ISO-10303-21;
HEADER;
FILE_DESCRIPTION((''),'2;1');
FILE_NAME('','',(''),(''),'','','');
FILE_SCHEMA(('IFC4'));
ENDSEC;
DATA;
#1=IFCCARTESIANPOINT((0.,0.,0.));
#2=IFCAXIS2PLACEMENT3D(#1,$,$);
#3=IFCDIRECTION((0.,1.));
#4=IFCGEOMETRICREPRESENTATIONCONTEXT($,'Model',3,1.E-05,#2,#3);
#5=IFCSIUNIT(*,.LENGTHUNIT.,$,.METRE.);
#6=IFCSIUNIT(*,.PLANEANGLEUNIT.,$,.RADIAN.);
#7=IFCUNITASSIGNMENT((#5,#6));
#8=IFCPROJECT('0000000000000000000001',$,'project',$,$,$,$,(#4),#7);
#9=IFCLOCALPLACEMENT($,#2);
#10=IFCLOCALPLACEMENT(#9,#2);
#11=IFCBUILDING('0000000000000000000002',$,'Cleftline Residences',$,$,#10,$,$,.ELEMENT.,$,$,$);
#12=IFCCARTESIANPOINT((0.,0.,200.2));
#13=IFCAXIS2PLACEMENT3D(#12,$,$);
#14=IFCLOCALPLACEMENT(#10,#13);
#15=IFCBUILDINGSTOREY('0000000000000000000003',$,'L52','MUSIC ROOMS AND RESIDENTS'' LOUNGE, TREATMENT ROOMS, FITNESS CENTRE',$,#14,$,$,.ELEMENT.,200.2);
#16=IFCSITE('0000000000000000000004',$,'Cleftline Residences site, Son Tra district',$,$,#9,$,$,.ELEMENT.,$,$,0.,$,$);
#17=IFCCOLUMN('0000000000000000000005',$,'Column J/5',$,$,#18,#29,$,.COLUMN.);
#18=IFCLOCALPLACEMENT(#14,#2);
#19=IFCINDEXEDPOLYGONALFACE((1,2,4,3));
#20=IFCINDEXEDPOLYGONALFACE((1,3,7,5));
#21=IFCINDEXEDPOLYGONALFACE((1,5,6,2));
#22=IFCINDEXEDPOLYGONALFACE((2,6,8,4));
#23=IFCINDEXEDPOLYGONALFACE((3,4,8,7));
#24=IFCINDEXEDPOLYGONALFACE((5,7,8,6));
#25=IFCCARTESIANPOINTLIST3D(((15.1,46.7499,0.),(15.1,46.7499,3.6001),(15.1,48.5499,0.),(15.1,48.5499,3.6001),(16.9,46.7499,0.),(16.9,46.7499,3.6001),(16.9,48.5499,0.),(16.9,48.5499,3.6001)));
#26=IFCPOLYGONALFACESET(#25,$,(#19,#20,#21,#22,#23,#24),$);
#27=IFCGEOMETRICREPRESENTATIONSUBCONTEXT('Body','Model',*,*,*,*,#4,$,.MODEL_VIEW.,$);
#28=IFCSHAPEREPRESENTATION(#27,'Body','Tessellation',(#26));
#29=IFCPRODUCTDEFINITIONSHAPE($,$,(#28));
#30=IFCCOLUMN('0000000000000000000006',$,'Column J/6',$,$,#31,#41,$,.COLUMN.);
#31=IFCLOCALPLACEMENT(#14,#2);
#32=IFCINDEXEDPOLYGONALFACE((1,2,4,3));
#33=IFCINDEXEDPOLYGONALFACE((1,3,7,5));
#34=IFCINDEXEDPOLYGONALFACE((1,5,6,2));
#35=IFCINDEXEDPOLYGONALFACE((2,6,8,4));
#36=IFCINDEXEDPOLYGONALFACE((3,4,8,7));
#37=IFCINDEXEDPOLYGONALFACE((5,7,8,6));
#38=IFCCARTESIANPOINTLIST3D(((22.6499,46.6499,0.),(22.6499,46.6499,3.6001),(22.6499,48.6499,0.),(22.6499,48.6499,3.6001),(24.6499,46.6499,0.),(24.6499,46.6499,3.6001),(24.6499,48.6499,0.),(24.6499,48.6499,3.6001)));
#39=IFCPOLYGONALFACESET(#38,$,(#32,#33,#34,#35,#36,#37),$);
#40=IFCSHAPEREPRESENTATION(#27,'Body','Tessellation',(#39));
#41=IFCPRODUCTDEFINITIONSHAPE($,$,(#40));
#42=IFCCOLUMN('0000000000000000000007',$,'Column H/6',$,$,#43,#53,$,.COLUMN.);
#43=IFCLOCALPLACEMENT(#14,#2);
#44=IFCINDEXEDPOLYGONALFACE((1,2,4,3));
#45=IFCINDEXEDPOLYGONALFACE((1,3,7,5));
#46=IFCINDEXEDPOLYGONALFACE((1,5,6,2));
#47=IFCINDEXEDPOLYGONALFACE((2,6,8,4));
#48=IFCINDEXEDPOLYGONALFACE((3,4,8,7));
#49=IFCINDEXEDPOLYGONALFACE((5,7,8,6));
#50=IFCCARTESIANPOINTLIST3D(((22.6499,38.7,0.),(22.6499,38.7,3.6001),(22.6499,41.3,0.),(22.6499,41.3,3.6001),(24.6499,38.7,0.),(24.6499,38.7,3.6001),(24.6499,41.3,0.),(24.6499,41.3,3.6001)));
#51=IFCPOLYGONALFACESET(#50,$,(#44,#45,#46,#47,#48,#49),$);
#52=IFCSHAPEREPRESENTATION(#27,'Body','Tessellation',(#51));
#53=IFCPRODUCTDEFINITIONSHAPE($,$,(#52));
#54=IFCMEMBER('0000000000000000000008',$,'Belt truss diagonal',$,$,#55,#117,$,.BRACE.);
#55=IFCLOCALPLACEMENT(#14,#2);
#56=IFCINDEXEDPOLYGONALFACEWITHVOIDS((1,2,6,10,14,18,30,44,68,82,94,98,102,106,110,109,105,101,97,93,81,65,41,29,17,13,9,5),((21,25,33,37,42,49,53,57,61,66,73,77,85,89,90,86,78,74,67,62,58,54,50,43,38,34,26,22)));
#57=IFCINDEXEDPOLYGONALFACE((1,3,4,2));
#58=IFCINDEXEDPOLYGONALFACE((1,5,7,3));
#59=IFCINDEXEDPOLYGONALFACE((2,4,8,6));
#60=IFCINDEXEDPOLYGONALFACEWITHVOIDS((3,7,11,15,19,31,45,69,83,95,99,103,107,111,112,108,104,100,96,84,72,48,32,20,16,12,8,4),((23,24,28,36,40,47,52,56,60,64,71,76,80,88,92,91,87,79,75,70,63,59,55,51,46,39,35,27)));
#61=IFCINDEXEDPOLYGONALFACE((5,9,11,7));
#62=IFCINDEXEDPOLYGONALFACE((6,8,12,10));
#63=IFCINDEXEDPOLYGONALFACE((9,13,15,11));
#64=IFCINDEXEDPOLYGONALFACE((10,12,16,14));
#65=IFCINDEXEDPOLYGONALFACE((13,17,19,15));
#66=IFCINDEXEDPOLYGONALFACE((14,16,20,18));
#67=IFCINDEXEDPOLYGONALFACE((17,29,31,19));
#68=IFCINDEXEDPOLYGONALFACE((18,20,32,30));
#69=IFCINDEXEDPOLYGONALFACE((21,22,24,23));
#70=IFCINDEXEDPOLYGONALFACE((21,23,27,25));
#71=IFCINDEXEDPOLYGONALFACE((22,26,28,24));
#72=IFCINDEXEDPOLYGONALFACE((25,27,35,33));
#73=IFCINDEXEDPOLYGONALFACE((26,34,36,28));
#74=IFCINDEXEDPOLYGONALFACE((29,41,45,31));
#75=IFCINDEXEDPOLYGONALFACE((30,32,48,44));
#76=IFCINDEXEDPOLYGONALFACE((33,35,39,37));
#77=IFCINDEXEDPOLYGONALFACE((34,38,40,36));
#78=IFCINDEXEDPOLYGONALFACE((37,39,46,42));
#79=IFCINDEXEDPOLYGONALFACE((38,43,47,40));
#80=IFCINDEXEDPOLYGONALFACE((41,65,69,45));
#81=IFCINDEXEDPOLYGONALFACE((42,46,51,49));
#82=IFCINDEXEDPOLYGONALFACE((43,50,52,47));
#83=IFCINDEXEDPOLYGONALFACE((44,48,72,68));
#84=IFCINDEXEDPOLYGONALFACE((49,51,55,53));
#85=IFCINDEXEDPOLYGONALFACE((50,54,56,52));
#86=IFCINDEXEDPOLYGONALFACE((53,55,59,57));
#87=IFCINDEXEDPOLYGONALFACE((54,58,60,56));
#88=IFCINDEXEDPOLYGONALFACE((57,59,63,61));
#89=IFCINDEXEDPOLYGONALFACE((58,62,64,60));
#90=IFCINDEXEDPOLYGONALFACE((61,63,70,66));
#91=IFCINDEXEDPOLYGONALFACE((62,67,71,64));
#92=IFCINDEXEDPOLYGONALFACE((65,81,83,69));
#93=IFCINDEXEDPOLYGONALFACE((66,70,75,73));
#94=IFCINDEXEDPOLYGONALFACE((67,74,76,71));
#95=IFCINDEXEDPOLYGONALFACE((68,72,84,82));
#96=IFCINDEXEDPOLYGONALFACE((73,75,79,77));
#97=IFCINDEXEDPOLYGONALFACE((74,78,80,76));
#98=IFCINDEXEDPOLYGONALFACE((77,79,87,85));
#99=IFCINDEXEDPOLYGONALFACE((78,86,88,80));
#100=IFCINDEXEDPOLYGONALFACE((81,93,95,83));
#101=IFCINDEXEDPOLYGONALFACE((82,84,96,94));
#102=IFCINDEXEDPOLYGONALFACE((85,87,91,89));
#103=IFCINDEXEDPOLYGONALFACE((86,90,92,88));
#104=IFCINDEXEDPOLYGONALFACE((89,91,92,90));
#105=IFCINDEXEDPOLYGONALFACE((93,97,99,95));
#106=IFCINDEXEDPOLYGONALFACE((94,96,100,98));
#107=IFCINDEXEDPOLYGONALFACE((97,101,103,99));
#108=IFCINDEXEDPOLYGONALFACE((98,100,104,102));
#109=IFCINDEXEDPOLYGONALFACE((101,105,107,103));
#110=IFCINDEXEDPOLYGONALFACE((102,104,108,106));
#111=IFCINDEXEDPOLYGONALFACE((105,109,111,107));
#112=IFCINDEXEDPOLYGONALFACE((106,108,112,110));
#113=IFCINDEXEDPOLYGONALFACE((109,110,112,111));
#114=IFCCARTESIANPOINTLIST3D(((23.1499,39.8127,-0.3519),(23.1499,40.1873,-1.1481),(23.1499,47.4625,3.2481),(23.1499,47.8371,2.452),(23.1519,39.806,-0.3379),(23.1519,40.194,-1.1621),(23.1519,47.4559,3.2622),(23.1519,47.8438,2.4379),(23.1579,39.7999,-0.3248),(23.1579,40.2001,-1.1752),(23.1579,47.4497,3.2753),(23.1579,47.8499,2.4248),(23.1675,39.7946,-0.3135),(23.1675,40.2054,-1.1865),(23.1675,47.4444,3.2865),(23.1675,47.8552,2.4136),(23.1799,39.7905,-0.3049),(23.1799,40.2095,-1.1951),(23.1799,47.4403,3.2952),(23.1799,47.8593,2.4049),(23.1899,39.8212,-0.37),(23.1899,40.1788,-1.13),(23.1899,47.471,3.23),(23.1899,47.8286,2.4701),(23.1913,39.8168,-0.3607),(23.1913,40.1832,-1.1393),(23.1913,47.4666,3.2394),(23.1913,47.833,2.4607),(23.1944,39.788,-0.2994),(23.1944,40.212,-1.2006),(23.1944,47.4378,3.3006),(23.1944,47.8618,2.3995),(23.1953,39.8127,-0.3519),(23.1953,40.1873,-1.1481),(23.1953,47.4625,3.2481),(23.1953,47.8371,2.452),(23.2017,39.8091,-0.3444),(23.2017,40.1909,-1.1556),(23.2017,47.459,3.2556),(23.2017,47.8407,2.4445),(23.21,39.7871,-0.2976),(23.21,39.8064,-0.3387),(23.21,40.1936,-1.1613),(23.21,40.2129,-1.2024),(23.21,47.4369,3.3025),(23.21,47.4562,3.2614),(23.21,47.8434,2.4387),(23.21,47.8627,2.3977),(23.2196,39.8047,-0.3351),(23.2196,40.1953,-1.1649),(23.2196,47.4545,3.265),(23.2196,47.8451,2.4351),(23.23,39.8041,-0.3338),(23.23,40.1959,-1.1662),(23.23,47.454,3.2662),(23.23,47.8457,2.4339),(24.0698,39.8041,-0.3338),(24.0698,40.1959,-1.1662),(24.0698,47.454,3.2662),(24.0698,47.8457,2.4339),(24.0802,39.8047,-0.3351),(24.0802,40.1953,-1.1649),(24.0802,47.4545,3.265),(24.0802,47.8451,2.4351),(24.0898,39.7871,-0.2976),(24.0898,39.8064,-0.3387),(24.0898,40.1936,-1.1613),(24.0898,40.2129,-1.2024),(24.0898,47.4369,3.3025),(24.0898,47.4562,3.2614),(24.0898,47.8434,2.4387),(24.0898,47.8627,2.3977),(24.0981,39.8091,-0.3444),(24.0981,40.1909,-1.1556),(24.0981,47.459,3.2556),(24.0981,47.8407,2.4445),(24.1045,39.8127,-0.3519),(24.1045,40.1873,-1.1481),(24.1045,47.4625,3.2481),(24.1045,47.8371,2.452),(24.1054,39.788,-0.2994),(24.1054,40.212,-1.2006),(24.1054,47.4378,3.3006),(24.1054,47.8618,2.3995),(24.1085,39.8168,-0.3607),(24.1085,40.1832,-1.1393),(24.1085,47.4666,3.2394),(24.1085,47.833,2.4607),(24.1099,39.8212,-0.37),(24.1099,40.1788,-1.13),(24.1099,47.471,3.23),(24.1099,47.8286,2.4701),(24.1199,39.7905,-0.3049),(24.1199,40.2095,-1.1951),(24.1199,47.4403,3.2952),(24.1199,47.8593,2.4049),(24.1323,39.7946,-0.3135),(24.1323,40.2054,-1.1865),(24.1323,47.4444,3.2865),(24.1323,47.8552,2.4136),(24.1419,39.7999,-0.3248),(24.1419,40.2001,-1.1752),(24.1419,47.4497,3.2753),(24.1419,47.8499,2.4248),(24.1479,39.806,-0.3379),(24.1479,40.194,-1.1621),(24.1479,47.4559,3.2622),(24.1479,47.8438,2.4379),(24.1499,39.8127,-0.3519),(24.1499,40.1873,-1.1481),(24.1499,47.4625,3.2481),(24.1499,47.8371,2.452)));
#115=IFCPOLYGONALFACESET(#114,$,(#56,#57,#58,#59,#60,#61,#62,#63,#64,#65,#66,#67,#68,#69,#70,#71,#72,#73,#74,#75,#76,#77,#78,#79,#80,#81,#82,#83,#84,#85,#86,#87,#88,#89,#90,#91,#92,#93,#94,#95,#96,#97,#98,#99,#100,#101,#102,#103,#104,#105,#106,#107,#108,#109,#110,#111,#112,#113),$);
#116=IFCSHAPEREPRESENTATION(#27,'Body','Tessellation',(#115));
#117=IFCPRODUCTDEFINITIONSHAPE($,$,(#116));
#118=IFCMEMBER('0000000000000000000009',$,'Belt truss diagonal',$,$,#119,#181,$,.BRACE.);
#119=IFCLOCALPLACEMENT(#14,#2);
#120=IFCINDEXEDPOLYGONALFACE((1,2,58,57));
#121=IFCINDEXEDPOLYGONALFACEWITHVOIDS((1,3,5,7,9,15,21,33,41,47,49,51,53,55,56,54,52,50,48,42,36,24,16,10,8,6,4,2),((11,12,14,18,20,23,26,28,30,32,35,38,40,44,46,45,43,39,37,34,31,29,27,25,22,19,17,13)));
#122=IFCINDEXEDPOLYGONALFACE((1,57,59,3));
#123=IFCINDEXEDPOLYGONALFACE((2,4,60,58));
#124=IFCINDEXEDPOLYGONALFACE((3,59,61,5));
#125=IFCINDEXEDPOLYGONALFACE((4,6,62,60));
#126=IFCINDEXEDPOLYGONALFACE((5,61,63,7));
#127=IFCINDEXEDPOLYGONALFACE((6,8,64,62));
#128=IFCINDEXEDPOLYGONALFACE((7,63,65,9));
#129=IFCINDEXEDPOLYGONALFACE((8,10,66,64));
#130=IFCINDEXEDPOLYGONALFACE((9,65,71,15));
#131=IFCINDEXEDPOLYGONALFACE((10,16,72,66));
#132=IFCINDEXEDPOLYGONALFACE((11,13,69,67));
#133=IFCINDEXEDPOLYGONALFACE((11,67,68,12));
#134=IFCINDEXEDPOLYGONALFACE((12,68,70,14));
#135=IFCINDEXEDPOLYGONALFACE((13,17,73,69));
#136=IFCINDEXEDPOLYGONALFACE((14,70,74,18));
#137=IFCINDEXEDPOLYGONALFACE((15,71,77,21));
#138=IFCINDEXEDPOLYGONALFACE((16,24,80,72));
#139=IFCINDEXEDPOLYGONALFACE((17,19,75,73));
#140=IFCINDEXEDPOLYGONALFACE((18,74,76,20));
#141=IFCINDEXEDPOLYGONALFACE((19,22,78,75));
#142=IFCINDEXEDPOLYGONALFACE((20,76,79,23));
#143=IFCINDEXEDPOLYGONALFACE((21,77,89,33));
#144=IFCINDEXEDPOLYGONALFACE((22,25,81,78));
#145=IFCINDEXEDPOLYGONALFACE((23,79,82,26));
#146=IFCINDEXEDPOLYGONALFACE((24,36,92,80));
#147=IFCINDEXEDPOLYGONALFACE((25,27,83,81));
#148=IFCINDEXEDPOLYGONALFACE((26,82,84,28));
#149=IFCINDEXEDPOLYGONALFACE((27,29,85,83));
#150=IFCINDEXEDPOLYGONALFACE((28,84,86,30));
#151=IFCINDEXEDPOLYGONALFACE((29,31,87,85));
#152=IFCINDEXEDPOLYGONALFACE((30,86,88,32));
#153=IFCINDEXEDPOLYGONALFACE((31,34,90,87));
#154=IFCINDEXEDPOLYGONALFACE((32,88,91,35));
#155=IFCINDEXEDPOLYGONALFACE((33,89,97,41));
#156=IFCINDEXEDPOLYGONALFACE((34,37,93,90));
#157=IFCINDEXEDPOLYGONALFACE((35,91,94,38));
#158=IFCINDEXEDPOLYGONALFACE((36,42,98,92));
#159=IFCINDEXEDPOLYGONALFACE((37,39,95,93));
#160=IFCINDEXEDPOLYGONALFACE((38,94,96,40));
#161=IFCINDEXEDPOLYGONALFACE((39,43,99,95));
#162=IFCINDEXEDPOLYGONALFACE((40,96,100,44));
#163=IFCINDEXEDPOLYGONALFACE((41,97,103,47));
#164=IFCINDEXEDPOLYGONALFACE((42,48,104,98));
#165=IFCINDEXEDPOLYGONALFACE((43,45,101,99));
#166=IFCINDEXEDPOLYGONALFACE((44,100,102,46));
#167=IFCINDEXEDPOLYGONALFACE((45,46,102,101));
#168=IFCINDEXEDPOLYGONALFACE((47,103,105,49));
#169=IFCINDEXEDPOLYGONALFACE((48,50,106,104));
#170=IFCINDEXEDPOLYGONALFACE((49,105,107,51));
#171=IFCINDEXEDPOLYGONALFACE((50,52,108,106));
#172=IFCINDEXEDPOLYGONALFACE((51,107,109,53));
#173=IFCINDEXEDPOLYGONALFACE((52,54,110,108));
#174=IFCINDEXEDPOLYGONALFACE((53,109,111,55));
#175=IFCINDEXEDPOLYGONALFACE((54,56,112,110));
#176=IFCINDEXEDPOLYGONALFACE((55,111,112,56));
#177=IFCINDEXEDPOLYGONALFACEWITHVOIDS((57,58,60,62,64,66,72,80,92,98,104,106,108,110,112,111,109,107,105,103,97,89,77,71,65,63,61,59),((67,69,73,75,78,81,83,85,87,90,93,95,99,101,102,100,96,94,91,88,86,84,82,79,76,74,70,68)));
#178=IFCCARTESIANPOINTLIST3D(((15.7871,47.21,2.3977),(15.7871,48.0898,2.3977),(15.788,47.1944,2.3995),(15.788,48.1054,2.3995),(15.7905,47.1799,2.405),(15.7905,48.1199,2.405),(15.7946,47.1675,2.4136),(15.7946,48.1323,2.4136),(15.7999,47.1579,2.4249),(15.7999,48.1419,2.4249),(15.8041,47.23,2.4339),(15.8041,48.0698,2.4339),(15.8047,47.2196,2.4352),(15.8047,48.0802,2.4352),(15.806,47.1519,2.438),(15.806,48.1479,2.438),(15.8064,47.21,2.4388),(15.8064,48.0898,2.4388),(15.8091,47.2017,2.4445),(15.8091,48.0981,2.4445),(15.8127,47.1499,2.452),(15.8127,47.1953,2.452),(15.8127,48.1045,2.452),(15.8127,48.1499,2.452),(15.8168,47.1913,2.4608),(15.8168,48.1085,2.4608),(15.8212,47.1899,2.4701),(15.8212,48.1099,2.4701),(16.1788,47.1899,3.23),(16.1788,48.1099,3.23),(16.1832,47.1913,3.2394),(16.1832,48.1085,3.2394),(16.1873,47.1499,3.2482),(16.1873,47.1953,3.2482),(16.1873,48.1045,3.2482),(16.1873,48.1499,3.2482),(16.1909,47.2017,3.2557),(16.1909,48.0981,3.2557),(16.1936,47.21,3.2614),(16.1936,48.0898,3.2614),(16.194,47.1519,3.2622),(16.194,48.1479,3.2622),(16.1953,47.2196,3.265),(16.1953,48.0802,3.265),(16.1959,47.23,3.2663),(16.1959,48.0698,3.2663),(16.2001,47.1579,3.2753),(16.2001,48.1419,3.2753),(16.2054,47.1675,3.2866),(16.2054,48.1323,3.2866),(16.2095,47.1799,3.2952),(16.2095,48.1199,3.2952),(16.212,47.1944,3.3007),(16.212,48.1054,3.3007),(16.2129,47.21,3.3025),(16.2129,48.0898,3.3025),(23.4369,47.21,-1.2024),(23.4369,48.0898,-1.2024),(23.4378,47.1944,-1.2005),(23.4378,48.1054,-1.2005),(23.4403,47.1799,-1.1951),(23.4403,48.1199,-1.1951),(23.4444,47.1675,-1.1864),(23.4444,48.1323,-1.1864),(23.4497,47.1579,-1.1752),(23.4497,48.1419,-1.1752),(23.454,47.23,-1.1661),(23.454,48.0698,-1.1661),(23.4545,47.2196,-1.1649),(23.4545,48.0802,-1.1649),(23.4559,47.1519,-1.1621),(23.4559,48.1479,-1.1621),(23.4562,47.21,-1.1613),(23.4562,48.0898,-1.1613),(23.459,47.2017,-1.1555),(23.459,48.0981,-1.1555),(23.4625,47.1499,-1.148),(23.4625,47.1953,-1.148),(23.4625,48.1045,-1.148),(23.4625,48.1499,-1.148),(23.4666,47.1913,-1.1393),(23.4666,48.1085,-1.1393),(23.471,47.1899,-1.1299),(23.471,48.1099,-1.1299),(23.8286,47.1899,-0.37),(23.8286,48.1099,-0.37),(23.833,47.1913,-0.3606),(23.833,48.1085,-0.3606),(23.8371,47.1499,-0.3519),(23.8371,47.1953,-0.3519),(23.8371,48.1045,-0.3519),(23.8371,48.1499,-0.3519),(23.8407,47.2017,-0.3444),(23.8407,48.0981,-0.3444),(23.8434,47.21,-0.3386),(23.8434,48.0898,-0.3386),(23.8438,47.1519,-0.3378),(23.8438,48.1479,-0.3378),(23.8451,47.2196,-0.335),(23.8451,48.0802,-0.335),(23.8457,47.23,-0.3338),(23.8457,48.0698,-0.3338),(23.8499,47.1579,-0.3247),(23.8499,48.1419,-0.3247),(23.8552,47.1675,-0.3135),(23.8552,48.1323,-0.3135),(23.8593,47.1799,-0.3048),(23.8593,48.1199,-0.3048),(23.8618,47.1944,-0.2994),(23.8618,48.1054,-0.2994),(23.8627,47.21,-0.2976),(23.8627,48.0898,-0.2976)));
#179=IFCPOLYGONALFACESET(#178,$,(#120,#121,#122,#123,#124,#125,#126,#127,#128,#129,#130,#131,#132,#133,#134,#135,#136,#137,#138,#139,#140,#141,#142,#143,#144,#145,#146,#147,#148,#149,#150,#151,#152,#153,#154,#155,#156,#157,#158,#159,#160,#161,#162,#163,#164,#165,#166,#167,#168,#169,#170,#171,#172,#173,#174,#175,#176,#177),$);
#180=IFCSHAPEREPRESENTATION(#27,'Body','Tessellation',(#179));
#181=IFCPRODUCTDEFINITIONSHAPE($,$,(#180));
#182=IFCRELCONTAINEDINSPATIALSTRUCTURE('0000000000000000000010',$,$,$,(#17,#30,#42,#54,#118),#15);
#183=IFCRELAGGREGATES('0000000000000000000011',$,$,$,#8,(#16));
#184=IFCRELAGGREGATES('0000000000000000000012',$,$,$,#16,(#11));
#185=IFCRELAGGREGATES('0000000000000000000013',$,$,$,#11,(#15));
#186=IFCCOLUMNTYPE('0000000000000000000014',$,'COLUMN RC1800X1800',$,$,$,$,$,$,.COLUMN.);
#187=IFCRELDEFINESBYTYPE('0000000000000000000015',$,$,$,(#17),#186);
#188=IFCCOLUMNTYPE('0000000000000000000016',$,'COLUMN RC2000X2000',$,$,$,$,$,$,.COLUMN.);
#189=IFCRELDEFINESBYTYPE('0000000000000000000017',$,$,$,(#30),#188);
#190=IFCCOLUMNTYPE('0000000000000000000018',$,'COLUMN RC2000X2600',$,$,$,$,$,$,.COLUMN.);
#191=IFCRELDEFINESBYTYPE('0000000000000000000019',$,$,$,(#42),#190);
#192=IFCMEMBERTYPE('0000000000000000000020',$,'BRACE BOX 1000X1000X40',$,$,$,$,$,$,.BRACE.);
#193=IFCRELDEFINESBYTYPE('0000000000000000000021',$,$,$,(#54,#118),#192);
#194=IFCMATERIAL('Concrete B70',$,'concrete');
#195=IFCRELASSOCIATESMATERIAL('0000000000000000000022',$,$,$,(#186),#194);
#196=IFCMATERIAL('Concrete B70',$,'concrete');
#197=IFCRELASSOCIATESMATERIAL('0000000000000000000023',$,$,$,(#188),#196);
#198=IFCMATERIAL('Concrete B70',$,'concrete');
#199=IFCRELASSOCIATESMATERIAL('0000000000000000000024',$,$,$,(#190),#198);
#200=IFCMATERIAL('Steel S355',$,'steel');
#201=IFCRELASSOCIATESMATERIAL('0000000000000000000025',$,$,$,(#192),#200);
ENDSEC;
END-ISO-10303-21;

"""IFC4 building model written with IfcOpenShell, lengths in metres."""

from ifc_helpers import new_model, si_unit, direction, frame, origin, origin_2d, place, context, subcontext, project, spatial, rectangle, hollow_rectangle, extrude, material, material_profile, profile_set, type_object, element, save


model = new_model("IFC4")

# Units and contexts
model_context = context("Model", 3, precision=1e-05, world=origin(), true_north=direction((0.0, 1.0)))
body_context = subcontext(model_context, "Body", "Model", "MODEL_VIEW")
ifc_project = project(units=[si_unit("LENGTHUNIT", "METRE"), si_unit("PLANEANGLEUNIT", "RADIAN")], contexts=[model_context])

# Site, building, storey
site_placement = place(None, origin())
site = spatial("IfcSite", under=ifc_project, at=site_placement, Name="Cleftline Residences site, Son Tra district", CompositionType="ELEMENT", RefElevation=0.0)
building_placement = place(site_placement, origin())
building = spatial("IfcBuilding", under=site, at=building_placement, Name="Cleftline Residences", CompositionType="ELEMENT")
storey_placement = place(building_placement, frame((0.0, 0.0, 200.2)))
storey = spatial("IfcBuildingStorey", under=building, at=storey_placement, Name="L52", Description="MUSIC ROOMS AND RESIDENTS' LOUNGE, TREATMENT ROOMS, FITNESS CENTRE", CompositionType="ELEMENT", Elevation=200.2)

# Columns
ifc_material_1 = material(Name="Concrete B70", Category="concrete")
ifc_material_profile_1 = material_profile(ifc_material_1, rectangle(XDim=1.8, YDim=1.8, at=origin_2d()))
ifc_profile_set_1 = profile_set([ifc_material_profile_1], Name="Concrete B70")
column_type_1 = type_object("IfcColumnType", Name="COLUMN RC1800X1800", PredefinedType="COLUMN", material=ifc_profile_set_1)
column_1_placement = place(storey_placement, frame((16.0, 47.6499, 0.0), z_axis=(0.0, 0.0, 1.0), x_axis=(1.0, 0.0, 0.0)))
element("IfcColumn", 1, at=column_1_placement, inside=storey, type_object=column_type_1, Name="Column J/5", PredefinedType="COLUMN", context=body_context, shape_type="SweptSolid", body=[
    extrude(rectangle(XDim=1.8, YDim=1.8, at=origin_2d()), origin(), (0.0, 0.0, 1.0), 3.6001),
])
ifc_material_2 = material(Name="Concrete B70", Category="concrete")
ifc_material_profile_2 = material_profile(ifc_material_2, rectangle(XDim=2.0, YDim=2.0, at=origin_2d()))
ifc_profile_set_2 = profile_set([ifc_material_profile_2], Name="Concrete B70")
column_type_2 = type_object("IfcColumnType", Name="COLUMN RC2000X2000", PredefinedType="COLUMN", material=ifc_profile_set_2)
column_2_placement = place(storey_placement, frame((23.6499, 47.6499, 0.0), z_axis=(0.0, 0.0, 1.0), x_axis=(1.0, 0.0, 0.0)))
element("IfcColumn", 2, at=column_2_placement, inside=storey, type_object=column_type_2, Name="Column J/6", PredefinedType="COLUMN", context=body_context, shape_type="SweptSolid", body=[
    extrude(rectangle(XDim=2.0, YDim=2.0, at=origin_2d()), origin(), (0.0, 0.0, 1.0), 3.6001),
])
ifc_material_3 = material(Name="Concrete B70", Category="concrete")
ifc_material_profile_3 = material_profile(ifc_material_3, rectangle(XDim=2.0, YDim=2.6001, at=origin_2d()))
ifc_profile_set_3 = profile_set([ifc_material_profile_3], Name="Concrete B70")
column_type_3 = type_object("IfcColumnType", Name="COLUMN RC2000X2600", PredefinedType="COLUMN", material=ifc_profile_set_3)
column_3_placement = place(storey_placement, frame((23.6499, 40.0, 0.0), z_axis=(0.0, 0.0, 1.0), x_axis=(1.0, 0.0, 0.0)))
element("IfcColumn", 3, at=column_3_placement, inside=storey, type_object=column_type_3, Name="Column H/6", PredefinedType="COLUMN", context=body_context, shape_type="SweptSolid", body=[
    extrude(rectangle(XDim=2.0, YDim=2.6001, at=origin_2d()), origin(), (0.0, 0.0, 1.0), 3.6001),
])

# Members
ifc_material_4 = material(Name="Steel S355", Category="steel")
ifc_material_profile_4 = material_profile(ifc_material_4, hollow_rectangle(XDim=1.0, YDim=1.0, WallThickness=0.04, InnerFilletRadius=0.04, OuterFilletRadius=0.0601, at=origin_2d()))
ifc_profile_set_4 = profile_set([ifc_material_profile_4], Name="Steel S355")
member_type_1 = type_object("IfcMemberType", Name="BRACE BOX 1000X1000X40", PredefinedType="BRACE", material=ifc_profile_set_4)
for number, where, z_axis, x_axis, name in (
    (4, (23.6499, 40.0, -0.75), (0.0, 0.904812, 0.425811), (0.0, -0.425811, 0.904812), "Belt truss diagonal"),
    (5, (16.0, 47.6499, 2.8501), (0.904812, 0.0, -0.425811), (0.425811, 0.0, 0.904812), "Belt truss diagonal"),
):
    element("IfcMember", number, at=place(storey_placement, frame(where, z_axis=z_axis, x_axis=x_axis)), inside=storey, type_object=member_type_1, Name=name, PredefinedType="BRACE", context=body_context, shape_type="SweptSolid", body=[
        extrude(hollow_rectangle(XDim=1.0, YDim=1.0, WallThickness=0.04, InnerFilletRadius=0.04, OuterFilletRadius=0.0601, at=origin_2d()), origin(), (0.0, 0.0, 1.0), 8.4546),
    ])

save(model, "model.ifc")
